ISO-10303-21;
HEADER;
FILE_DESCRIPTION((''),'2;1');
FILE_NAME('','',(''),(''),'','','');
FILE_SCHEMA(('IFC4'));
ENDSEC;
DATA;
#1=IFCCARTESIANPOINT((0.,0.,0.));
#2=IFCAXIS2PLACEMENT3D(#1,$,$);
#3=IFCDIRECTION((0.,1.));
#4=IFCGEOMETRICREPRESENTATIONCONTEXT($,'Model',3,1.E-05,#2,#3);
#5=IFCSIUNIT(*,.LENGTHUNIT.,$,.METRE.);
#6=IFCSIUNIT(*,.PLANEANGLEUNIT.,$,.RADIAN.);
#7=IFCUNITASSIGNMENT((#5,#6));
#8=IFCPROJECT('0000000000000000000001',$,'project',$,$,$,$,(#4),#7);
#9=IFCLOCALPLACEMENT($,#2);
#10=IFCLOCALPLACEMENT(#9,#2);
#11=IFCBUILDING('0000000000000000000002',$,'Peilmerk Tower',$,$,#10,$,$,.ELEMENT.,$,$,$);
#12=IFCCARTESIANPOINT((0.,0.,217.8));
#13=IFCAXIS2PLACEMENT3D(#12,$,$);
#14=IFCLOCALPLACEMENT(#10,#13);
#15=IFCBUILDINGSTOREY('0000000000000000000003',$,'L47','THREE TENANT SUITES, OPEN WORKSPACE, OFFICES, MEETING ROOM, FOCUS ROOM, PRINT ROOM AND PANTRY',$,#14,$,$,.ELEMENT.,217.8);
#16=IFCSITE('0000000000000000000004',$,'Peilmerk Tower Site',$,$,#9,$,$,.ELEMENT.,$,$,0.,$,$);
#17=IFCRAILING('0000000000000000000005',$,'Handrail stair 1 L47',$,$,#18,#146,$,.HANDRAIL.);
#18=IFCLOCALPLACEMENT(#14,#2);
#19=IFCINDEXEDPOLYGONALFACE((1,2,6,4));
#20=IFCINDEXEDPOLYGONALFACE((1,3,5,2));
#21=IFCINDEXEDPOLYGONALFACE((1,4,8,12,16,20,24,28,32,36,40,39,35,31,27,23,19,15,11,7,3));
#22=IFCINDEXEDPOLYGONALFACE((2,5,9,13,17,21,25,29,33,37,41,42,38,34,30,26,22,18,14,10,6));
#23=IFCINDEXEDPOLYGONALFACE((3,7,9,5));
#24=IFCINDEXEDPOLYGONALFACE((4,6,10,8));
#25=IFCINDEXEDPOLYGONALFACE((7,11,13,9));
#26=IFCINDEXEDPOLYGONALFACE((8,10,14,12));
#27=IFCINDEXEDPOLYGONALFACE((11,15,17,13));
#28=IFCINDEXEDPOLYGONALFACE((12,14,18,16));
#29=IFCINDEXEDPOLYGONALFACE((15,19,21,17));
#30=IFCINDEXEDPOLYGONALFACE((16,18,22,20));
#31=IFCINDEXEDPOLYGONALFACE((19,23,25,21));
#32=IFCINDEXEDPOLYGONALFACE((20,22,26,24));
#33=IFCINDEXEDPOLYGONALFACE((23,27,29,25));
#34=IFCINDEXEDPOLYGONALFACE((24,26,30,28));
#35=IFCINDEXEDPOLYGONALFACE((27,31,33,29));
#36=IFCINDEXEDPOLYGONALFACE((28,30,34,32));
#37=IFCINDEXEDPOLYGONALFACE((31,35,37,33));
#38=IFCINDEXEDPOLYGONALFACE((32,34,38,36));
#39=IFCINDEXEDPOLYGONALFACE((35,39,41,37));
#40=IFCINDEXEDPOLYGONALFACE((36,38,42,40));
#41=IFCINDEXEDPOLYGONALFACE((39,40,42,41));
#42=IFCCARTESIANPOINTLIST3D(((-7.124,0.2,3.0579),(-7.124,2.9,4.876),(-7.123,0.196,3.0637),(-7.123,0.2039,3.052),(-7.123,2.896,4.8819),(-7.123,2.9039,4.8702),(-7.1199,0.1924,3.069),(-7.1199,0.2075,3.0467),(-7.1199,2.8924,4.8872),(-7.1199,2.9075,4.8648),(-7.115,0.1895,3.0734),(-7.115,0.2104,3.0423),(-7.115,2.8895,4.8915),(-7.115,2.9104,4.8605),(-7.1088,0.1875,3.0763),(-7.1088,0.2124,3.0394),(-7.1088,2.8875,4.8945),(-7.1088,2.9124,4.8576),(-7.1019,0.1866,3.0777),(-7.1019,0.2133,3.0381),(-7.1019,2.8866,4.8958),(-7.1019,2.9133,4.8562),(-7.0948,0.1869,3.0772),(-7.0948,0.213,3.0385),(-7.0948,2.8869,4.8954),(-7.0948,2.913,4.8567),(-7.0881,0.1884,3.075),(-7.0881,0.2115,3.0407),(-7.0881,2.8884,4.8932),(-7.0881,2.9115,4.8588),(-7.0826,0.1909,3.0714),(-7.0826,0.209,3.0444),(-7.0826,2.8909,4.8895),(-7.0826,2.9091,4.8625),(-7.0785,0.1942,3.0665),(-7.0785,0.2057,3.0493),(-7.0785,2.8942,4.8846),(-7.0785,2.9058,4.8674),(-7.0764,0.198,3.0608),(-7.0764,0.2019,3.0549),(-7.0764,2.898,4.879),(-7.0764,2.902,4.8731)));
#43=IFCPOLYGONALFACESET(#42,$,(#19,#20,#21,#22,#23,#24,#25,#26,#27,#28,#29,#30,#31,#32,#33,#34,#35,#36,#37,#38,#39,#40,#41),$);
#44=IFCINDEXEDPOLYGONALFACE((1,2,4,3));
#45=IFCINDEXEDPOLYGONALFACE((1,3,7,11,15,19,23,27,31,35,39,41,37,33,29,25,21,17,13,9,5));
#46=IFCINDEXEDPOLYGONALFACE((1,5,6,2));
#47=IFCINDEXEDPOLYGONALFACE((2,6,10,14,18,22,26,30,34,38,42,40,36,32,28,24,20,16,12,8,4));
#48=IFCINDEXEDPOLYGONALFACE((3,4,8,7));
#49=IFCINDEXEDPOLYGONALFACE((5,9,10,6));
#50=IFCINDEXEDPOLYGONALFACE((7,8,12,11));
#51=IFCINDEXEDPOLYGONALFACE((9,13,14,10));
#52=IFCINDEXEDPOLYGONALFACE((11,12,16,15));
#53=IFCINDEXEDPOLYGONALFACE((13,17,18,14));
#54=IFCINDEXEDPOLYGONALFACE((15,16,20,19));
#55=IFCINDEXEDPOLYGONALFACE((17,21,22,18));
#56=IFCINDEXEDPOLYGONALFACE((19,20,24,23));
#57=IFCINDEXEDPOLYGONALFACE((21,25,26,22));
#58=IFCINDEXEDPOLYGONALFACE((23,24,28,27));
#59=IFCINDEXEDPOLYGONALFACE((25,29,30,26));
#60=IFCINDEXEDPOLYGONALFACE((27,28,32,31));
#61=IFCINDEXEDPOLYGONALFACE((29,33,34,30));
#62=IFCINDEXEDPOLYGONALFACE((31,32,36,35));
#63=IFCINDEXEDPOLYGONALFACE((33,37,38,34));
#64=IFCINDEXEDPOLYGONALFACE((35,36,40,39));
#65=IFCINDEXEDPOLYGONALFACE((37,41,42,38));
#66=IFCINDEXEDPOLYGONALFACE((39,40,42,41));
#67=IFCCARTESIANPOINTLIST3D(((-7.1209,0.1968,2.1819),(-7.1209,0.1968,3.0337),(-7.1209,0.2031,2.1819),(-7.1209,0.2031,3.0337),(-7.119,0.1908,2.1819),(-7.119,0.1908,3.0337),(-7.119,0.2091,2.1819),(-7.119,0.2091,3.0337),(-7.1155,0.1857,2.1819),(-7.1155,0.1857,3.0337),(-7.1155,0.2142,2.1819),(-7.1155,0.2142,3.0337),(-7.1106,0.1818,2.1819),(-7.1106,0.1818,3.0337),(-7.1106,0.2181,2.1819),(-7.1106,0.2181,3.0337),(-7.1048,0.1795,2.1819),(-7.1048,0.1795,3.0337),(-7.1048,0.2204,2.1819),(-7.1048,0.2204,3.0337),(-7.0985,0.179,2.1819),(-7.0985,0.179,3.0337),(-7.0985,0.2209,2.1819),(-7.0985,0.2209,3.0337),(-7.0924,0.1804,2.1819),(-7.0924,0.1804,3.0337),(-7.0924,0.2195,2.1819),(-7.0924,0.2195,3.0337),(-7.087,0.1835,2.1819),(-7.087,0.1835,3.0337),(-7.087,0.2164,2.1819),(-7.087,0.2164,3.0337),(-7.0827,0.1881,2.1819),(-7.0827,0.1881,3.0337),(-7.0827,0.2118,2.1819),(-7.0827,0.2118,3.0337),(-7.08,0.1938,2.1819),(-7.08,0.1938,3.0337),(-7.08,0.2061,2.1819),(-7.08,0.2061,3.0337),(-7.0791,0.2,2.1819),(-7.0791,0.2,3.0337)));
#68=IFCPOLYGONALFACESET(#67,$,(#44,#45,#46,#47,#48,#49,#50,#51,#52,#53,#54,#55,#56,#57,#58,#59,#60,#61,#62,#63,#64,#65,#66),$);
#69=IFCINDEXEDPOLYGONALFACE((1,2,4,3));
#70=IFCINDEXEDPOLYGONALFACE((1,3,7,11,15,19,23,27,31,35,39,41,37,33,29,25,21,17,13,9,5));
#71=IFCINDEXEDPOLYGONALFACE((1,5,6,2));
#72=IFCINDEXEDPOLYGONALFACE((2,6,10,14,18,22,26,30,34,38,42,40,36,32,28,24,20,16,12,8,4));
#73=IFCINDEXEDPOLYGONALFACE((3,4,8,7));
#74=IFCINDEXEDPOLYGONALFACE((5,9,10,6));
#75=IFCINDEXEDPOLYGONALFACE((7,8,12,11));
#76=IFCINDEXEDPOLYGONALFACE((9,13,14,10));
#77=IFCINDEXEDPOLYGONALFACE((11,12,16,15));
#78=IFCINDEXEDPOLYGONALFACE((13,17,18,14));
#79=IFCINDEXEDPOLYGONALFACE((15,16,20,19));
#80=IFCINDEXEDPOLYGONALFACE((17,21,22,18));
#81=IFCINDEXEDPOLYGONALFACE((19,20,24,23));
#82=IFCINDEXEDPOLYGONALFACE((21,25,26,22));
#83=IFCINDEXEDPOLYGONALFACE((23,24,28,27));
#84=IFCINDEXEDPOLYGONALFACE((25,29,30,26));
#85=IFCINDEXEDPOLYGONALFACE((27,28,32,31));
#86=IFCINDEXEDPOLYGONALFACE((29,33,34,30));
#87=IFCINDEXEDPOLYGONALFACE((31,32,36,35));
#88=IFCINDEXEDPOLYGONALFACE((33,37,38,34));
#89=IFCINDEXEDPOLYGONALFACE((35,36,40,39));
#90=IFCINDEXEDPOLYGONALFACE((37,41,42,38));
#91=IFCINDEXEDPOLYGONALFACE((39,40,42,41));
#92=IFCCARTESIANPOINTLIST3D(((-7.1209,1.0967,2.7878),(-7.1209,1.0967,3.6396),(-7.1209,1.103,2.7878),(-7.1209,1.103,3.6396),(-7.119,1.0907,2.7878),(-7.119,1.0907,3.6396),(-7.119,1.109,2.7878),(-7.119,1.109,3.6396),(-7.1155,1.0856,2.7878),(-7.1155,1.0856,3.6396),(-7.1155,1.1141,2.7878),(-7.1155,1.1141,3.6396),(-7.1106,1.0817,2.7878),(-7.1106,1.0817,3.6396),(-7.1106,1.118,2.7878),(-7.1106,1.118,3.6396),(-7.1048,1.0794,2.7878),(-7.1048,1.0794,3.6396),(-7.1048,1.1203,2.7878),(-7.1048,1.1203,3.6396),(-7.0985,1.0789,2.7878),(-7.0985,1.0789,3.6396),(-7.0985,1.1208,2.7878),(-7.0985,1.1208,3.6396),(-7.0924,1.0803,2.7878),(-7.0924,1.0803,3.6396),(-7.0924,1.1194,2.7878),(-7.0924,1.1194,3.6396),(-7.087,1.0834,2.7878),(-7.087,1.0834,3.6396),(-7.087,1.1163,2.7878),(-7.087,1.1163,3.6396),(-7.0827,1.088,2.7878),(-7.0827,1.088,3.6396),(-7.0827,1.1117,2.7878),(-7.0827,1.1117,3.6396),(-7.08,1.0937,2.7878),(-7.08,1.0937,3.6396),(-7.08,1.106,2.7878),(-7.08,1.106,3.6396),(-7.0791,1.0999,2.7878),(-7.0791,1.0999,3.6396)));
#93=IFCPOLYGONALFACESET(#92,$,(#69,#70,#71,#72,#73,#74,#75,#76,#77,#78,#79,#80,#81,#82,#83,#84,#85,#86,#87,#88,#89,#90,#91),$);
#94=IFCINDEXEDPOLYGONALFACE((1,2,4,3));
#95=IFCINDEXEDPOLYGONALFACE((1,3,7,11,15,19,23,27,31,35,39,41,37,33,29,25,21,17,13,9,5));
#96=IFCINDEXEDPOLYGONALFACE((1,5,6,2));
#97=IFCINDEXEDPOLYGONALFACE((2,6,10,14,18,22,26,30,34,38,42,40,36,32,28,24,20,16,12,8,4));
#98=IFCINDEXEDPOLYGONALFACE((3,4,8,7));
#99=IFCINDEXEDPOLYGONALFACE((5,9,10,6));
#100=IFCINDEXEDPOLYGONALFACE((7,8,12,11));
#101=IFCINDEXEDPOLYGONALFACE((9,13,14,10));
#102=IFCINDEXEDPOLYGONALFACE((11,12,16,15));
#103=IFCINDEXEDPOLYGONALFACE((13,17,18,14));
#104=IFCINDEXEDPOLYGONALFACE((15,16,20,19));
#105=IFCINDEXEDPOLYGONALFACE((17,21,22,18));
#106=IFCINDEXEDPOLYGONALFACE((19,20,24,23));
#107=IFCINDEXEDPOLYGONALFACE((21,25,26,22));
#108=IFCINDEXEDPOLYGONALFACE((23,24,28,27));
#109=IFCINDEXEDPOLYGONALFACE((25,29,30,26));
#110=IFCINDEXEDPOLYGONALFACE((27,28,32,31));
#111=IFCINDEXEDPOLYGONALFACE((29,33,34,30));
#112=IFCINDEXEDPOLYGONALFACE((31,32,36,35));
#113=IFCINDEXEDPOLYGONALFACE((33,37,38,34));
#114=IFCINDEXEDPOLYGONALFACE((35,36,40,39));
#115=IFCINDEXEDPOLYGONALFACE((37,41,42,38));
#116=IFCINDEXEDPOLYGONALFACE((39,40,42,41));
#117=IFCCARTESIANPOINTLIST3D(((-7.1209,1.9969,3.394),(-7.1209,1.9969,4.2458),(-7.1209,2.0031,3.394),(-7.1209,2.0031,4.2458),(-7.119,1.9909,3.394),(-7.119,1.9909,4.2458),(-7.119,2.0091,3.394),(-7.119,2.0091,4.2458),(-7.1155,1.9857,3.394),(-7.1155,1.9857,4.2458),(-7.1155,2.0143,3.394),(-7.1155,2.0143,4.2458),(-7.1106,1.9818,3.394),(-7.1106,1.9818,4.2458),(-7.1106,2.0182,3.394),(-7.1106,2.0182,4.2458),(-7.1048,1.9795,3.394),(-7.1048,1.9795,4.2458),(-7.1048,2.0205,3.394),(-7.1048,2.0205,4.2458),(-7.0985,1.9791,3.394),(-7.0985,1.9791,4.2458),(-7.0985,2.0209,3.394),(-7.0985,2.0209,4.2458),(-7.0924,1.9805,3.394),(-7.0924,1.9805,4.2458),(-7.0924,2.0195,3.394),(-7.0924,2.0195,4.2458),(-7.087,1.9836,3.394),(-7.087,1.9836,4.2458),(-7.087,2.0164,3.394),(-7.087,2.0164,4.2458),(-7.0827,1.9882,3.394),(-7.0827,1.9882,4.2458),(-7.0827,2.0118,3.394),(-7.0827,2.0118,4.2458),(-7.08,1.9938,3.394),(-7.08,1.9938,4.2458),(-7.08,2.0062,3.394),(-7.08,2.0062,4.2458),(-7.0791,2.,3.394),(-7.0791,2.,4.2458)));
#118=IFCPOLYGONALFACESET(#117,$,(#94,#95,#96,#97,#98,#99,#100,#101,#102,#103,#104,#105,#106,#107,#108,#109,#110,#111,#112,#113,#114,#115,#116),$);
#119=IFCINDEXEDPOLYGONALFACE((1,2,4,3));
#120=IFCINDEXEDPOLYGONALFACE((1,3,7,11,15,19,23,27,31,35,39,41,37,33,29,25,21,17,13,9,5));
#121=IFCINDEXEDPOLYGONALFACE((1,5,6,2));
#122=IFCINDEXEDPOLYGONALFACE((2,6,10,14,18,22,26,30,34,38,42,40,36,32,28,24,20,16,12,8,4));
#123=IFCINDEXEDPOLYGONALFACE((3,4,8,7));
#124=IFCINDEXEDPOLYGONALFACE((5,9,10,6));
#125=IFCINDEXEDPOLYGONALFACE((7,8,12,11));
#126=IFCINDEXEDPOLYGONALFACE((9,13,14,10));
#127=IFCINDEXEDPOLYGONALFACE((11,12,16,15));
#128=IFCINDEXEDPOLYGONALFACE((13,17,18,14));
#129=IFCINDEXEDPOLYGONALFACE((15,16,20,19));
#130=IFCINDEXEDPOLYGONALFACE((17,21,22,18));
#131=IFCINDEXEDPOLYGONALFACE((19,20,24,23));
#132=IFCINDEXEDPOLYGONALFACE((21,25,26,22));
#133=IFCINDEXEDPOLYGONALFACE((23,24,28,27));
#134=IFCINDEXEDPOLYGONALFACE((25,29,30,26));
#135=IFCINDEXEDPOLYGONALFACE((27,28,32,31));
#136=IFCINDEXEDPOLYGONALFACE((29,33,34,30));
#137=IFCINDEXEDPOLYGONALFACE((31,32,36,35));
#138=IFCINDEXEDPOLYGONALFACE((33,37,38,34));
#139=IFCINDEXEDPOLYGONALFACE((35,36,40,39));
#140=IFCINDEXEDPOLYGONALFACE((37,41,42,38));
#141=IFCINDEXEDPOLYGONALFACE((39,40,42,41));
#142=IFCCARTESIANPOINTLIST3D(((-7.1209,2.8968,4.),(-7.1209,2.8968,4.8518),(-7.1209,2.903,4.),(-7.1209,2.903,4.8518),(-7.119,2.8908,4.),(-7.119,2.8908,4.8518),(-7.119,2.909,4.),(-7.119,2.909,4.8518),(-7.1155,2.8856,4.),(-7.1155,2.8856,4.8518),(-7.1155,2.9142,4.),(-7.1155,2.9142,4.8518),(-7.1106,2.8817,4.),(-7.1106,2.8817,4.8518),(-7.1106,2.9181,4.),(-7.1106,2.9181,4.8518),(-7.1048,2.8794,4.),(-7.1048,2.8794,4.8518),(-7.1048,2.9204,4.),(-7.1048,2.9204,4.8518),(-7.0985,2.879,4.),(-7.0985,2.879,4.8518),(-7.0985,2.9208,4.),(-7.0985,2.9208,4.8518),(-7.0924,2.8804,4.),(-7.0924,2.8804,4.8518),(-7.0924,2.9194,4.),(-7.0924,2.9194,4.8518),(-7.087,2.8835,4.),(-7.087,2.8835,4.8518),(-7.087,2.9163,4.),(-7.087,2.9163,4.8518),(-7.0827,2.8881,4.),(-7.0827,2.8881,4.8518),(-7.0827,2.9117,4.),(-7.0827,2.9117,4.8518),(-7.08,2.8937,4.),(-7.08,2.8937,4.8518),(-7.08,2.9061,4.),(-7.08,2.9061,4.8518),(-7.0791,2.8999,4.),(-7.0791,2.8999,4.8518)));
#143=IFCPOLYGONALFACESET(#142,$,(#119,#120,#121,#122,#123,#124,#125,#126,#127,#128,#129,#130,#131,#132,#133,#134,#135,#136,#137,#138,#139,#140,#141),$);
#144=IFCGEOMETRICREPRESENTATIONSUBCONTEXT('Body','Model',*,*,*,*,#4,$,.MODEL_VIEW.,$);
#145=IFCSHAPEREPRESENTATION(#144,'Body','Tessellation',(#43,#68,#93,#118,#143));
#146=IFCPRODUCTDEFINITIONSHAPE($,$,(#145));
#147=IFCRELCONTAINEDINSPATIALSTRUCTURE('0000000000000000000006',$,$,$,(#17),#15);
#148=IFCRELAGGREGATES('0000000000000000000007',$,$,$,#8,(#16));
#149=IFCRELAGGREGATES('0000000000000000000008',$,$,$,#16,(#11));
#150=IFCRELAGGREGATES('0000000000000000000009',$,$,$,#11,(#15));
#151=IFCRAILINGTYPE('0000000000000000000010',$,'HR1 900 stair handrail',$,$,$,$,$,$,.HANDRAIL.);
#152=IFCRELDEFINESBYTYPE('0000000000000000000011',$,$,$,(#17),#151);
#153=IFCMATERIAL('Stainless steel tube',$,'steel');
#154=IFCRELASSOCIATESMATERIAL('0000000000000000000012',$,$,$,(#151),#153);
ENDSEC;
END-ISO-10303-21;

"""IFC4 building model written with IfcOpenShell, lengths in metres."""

from ifc_helpers import new_model, si_unit, direction, frame, origin, origin_2d, place, context, subcontext, project, spatial, circle, extrude, material, type_object, element, save


model = new_model("IFC4")

# Units and contexts
model_context = context("Model", 3, precision=1e-05, world=origin(), true_north=direction((0.0, 1.0)))
body_context = subcontext(model_context, "Body", "Model", "MODEL_VIEW")
ifc_project = project(units=[si_unit("LENGTHUNIT", "METRE"), si_unit("PLANEANGLEUNIT", "RADIAN")], contexts=[model_context])

# Site, building, storey
site_placement = place(None, origin())
site = spatial("IfcSite", under=ifc_project, at=site_placement, Name="Peilmerk Tower Site", CompositionType="ELEMENT", RefElevation=0.0)
building_placement = place(site_placement, origin())
building = spatial("IfcBuilding", under=site, at=building_placement, Name="Peilmerk Tower", CompositionType="ELEMENT")
storey_placement = place(building_placement, frame((0.0, 0.0, 217.8)))
storey = spatial("IfcBuildingStorey", under=building, at=storey_placement, Name="L47", Description="THREE TENANT SUITES, OPEN WORKSPACE, OFFICES, MEETING ROOM, FOCUS ROOM, PRINT ROOM AND PANTRY", CompositionType="ELEMENT", Elevation=217.8)

# Railing
ifc_material_1 = material(Name="Stainless steel tube", Category="steel")
railing_type_1 = type_object("IfcRailingType", Name="HR1 900 stair handrail", PredefinedType="HANDRAIL", material=ifc_material_1)
railing_1_placement = place(storey_placement, frame((-7.1001, 0.2, 2.1819)))
element("IfcRailing", 1, at=railing_1_placement, inside=storey, type_object=railing_type_1, Name="Handrail stair 1 L47", PredefinedType="HANDRAIL", context=body_context, shape_type="SweptSolid", body=[
    extrude(circle(Radius=0.0239, at=origin_2d()), frame((0.0, 0.0, 0.876), z_axis=(0.0, 0.829468, 0.558554), x_axis=(-1.0, 0.0, 0.0)), (0.0, 0.0, 1.0), 3.2551),
    extrude(circle(Radius=0.021, at=origin_2d()), origin(), (0.0, 0.0, 1.0), 0.8518),
    extrude(circle(Radius=0.021, at=origin_2d()), frame((0.0, 0.8999, 0.606)), (0.0, 0.0, 1.0), 0.8518),
    extrude(circle(Radius=0.021, at=origin_2d()), frame((0.0, 1.8, 1.2122)), (0.0, 0.0, 1.0), 0.8518),
    extrude(circle(Radius=0.021, at=origin_2d()), frame((0.0, 2.7, 1.8181)), (0.0, 0.0, 1.0), 0.8518),
])

save(model, "model.ifc")
